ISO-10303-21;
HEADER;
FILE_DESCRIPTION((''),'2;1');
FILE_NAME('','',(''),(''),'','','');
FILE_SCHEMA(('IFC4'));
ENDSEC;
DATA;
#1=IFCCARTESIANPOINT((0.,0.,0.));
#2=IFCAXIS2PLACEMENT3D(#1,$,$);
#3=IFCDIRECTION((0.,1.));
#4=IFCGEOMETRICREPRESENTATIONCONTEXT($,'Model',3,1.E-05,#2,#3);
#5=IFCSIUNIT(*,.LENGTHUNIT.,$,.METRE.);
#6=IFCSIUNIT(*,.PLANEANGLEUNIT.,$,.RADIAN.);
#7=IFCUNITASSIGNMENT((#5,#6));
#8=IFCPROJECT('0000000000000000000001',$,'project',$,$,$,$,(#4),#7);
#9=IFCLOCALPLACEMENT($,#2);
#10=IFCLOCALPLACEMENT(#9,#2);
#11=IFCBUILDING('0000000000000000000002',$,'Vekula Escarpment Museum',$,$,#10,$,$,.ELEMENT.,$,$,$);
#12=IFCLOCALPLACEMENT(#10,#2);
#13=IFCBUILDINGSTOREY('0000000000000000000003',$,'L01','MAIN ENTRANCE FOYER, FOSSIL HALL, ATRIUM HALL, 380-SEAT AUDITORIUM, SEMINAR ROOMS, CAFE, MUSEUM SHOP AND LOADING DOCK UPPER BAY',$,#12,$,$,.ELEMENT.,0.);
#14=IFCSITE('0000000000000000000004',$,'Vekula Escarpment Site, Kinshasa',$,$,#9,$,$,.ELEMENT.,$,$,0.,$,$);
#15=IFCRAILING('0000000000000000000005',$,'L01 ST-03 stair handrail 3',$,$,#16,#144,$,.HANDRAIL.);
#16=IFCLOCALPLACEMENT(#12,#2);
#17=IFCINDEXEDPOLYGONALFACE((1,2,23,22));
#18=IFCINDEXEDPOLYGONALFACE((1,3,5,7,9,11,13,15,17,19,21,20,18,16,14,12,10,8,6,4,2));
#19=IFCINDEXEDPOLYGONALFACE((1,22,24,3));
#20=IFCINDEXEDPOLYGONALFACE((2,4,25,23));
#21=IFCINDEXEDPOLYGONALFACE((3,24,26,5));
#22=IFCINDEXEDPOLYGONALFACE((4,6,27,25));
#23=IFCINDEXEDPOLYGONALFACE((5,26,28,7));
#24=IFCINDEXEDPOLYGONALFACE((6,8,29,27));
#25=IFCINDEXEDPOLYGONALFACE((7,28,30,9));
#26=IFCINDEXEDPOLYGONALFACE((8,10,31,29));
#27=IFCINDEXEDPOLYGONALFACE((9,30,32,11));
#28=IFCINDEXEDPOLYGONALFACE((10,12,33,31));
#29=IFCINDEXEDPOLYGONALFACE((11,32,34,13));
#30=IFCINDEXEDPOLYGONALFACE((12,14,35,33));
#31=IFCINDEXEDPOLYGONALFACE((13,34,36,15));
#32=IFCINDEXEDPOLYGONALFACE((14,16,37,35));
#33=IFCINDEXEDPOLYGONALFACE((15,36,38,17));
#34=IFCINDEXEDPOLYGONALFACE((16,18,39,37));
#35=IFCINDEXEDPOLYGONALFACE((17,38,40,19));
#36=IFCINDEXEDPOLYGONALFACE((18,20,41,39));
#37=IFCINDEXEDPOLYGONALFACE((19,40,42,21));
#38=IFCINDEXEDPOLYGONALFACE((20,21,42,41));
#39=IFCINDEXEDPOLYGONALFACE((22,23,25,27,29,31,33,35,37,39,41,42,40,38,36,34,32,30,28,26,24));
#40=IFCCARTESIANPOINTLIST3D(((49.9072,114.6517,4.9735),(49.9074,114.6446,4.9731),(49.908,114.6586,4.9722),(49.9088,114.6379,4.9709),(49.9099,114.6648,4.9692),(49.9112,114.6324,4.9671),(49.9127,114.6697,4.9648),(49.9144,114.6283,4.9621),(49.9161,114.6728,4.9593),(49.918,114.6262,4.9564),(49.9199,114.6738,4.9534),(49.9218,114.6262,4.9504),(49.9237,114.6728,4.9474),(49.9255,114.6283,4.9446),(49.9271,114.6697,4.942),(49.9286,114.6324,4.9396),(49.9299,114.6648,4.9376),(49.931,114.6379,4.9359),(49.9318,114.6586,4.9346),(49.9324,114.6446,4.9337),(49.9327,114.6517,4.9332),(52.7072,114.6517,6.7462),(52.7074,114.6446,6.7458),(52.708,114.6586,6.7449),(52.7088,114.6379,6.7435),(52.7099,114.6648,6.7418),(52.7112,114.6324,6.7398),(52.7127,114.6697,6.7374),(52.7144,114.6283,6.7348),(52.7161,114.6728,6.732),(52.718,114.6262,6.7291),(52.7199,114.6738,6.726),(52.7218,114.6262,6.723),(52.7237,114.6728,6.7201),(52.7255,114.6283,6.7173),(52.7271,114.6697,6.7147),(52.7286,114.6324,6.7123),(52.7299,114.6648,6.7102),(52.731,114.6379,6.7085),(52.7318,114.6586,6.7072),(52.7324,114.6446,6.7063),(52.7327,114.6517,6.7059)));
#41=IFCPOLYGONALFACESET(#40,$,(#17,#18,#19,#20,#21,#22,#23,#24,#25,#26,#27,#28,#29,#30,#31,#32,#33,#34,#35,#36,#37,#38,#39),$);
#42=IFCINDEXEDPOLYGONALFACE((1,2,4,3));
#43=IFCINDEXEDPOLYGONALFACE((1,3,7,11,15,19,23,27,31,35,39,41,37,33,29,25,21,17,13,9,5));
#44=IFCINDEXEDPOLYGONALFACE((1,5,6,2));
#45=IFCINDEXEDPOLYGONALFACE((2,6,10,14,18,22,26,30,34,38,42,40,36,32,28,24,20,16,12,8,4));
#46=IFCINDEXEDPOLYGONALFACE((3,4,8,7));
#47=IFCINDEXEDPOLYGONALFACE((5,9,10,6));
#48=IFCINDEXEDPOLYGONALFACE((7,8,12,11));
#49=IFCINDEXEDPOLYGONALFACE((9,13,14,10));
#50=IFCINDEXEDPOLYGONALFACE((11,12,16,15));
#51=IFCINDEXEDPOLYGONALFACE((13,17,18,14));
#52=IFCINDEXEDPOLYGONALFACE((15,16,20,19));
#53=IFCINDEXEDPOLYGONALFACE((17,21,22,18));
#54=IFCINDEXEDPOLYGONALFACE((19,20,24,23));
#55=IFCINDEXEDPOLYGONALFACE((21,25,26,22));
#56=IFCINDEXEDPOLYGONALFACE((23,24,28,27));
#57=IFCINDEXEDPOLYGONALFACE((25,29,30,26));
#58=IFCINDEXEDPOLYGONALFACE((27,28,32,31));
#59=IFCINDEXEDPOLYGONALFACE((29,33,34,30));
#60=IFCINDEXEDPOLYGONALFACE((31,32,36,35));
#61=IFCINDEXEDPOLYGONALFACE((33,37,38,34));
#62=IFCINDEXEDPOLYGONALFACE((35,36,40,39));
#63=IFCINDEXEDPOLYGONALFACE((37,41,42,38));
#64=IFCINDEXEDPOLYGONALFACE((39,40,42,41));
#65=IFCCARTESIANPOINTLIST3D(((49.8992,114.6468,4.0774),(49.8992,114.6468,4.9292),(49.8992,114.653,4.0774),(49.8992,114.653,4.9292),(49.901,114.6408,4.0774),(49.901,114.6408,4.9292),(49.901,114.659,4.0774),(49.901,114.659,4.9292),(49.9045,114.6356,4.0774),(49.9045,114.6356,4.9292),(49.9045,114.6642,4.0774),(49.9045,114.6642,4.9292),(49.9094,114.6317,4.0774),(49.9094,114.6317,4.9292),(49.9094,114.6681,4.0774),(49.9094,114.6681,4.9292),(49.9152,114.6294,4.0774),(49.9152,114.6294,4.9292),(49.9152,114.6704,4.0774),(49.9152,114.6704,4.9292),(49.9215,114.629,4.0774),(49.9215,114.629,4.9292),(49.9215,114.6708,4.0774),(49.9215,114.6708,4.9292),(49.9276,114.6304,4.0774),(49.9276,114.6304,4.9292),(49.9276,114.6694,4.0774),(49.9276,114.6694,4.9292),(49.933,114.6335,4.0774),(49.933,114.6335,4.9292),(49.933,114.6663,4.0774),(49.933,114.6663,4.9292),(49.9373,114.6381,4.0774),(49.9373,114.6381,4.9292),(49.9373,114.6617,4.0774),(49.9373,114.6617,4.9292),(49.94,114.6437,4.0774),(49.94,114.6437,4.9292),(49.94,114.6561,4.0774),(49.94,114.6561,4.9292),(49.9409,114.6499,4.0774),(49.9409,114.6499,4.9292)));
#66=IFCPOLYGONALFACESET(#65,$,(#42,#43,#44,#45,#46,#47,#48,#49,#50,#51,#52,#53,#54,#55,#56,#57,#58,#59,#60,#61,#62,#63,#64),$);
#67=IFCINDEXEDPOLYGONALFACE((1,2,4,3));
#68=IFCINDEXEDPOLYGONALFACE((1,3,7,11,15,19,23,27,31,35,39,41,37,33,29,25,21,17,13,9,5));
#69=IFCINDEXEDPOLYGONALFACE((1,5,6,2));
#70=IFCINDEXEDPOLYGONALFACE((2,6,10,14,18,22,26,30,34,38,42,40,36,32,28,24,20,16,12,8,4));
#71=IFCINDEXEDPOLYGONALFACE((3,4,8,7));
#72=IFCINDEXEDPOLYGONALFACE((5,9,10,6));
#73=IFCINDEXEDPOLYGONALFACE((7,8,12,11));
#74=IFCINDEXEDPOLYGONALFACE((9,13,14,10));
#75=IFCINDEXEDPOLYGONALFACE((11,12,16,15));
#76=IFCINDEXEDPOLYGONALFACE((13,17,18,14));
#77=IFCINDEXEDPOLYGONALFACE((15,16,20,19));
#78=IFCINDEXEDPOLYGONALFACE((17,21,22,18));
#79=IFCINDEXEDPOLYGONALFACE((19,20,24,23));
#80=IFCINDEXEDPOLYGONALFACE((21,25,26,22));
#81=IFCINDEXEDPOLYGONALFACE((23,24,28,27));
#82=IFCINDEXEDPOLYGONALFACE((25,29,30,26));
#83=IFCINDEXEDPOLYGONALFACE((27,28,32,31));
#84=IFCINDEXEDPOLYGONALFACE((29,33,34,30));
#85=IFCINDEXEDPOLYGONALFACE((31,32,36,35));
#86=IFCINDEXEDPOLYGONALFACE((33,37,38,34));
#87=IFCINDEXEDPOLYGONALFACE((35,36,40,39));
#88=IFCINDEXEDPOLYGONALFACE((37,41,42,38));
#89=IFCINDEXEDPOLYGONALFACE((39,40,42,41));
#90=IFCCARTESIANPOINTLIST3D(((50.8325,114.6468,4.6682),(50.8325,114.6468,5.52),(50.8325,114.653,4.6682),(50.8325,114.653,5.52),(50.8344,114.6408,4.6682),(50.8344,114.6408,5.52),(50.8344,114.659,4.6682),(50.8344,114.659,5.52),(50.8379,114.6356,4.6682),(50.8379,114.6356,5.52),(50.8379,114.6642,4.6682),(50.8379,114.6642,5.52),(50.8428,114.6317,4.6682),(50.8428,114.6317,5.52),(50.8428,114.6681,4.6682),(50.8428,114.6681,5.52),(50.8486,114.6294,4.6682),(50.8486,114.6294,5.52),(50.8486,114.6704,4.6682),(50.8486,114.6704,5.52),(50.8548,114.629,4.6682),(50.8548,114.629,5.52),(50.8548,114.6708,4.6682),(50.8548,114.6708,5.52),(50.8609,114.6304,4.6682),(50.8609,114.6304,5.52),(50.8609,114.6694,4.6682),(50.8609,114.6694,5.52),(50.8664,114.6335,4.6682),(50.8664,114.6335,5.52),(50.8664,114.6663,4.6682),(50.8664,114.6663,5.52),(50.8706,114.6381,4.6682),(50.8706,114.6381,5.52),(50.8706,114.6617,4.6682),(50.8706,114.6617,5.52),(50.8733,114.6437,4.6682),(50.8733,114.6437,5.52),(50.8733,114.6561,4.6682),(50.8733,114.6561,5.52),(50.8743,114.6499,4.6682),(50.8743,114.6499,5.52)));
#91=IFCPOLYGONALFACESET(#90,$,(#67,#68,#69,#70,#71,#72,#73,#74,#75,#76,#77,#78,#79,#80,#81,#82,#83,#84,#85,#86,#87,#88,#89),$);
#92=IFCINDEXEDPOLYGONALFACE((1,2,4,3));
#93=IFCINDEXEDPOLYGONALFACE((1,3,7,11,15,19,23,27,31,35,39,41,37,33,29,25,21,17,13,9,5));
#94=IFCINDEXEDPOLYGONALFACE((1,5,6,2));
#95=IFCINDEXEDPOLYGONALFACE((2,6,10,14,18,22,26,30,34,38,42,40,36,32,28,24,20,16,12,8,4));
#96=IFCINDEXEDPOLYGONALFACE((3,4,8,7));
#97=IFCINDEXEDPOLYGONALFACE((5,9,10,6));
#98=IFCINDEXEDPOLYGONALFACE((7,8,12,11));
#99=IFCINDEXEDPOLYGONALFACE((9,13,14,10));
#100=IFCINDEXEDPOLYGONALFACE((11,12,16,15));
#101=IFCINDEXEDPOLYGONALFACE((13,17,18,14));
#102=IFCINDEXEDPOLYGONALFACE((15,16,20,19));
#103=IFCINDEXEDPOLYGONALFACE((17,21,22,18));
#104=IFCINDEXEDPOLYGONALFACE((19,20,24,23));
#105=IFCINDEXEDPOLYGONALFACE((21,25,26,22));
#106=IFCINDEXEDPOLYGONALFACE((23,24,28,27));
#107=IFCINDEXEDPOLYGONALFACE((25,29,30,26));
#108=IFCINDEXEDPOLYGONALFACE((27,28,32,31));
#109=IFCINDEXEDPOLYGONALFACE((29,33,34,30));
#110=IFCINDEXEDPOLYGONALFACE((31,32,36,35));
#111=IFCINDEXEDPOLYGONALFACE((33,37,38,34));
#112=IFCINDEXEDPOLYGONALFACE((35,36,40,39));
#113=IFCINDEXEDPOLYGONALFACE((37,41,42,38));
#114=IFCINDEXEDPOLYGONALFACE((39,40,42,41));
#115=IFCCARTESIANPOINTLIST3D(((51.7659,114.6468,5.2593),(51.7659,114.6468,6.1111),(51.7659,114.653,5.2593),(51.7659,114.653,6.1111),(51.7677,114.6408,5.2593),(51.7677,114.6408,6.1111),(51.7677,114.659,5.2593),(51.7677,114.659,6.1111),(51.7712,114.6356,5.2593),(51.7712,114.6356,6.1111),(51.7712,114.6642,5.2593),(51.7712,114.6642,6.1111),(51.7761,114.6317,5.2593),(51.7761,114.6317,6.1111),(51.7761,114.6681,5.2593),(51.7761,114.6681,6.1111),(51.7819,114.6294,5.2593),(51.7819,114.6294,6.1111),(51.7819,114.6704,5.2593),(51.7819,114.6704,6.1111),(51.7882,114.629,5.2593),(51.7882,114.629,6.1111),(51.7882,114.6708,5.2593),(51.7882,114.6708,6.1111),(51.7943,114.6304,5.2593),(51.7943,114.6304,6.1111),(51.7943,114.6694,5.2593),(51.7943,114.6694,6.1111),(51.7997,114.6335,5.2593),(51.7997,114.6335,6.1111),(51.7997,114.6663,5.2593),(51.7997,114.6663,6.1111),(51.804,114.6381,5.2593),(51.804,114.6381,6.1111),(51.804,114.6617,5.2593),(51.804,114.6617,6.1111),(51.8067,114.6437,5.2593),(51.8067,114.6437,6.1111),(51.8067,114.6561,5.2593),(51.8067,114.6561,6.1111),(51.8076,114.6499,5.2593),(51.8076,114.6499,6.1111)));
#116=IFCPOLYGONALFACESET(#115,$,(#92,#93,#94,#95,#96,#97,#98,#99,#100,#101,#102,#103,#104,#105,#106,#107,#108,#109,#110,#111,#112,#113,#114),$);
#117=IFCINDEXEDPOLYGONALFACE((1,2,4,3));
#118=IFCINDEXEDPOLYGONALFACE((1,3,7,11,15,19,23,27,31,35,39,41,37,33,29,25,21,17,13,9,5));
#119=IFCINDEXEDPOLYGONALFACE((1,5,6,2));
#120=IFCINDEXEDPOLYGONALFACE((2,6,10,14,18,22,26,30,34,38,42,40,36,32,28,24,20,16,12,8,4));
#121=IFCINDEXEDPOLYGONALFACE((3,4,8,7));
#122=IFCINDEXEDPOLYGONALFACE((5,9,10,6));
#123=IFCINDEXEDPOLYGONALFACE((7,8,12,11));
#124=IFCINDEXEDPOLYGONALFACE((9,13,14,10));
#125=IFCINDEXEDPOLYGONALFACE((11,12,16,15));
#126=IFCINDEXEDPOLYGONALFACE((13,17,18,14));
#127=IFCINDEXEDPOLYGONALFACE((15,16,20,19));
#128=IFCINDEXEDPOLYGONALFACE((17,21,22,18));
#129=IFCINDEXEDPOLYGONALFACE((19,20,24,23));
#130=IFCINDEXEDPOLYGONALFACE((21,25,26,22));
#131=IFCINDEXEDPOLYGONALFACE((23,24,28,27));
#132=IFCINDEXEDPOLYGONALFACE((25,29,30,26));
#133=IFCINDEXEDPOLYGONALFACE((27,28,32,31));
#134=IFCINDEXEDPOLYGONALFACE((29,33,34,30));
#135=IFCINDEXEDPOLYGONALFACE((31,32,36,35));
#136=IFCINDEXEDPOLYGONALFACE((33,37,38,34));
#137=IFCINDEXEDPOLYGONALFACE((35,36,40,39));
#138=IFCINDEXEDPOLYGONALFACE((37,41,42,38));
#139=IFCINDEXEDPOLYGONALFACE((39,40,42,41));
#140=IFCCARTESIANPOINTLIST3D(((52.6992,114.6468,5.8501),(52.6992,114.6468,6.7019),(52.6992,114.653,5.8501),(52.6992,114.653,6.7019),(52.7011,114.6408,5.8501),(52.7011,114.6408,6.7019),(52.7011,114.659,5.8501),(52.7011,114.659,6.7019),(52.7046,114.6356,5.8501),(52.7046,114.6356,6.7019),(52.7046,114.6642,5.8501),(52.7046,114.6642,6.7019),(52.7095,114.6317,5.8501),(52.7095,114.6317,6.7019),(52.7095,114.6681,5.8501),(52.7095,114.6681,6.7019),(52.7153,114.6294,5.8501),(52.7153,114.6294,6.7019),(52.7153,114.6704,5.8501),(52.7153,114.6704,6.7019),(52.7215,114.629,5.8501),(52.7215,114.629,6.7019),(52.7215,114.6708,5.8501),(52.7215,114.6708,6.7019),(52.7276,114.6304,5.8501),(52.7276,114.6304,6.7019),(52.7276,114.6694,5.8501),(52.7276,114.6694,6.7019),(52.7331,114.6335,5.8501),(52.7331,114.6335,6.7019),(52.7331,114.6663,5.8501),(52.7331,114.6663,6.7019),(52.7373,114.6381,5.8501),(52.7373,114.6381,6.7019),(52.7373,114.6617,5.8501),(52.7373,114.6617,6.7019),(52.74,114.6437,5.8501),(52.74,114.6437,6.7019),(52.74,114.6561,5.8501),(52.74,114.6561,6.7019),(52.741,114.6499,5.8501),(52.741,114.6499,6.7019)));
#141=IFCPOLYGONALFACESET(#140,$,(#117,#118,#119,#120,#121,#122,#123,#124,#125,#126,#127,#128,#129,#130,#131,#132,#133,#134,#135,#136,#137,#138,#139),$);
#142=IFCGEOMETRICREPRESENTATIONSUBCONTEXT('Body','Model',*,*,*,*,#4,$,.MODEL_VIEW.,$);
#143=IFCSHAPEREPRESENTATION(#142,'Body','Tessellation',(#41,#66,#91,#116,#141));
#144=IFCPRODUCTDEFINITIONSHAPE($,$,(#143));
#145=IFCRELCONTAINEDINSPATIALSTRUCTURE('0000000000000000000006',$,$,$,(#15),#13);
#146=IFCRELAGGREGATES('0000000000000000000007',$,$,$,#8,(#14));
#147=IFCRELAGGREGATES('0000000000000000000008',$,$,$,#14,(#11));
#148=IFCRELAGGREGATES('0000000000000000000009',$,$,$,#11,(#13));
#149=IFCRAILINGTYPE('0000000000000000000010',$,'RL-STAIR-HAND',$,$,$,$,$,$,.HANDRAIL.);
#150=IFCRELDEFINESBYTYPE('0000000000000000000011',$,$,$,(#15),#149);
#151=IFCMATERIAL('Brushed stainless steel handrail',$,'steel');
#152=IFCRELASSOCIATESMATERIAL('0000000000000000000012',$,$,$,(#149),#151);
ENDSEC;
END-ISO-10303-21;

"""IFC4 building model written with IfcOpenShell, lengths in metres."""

from ifc_helpers import new_model, si_unit, direction, frame, origin, origin_2d, place, context, subcontext, project, spatial, circle, extrude, material, type_object, element, save


model = new_model("IFC4")

# Units and contexts
model_context = context("Model", 3, precision=1e-05, world=origin(), true_north=direction((0.0, 1.0)))
body_context = subcontext(model_context, "Body", "Model", "MODEL_VIEW")
ifc_project = project(units=[si_unit("LENGTHUNIT", "METRE"), si_unit("PLANEANGLEUNIT", "RADIAN")], contexts=[model_context])

# Site, building, storey
site_placement = place(None, origin())
site = spatial("IfcSite", under=ifc_project, at=site_placement, Name="Vekula Escarpment Site, Kinshasa", CompositionType="ELEMENT", RefElevation=0.0)
building_placement = place(site_placement, origin())
building = spatial("IfcBuilding", under=site, at=building_placement, Name="Vekula Escarpment Museum", CompositionType="ELEMENT")
storey_placement = place(building_placement, origin())
storey = spatial("IfcBuildingStorey", under=building, at=storey_placement, Name="L01", Description="MAIN ENTRANCE FOYER, FOSSIL HALL, ATRIUM HALL, 380-SEAT AUDITORIUM, SEMINAR ROOMS, CAFE, MUSEUM SHOP AND LOADING DOCK UPPER BAY", CompositionType="ELEMENT", Elevation=0.0)

# Railing
ifc_material_1 = material(Name="Brushed stainless steel handrail", Category="steel")
railing_type_1 = type_object("IfcRailingType", Name="RL-STAIR-HAND", PredefinedType="HANDRAIL", material=ifc_material_1)
for number, where, name in (
    (1, (49.9199, 114.6499, 4.0774), "L01 ST-03 stair handrail 3"),
):
    element("IfcRailing", number, at=place(storey_placement, frame(where)), inside=storey, type_object=railing_type_1, Name=name, PredefinedType="HANDRAIL", context=body_context, shape_type="SweptSolid", body=[
        extrude(circle(Radius=0.0239, at=origin_2d()), frame((0.0, 0.0, 0.876), z_axis=(0.844909, 0.0, 0.53491), x_axis=(0.0, 1.0, 0.0)), (0.0, 0.0, 1.0), 3.314),
        extrude(circle(Radius=0.021, at=origin_2d()), origin(), (0.0, 0.0, 1.0), 0.8518),
        extrude(circle(Radius=0.021, at=origin_2d()), frame((0.9333, 0.0, 0.5908)), (0.0, 0.0, 1.0), 0.8518),
        extrude(circle(Radius=0.021, at=origin_2d()), frame((1.8667, 0.0, 1.1819)), (0.0, 0.0, 1.0), 0.8518),
        extrude(circle(Radius=0.021, at=origin_2d()), frame((2.8, 0.0, 1.7727)), (0.0, 0.0, 1.0), 0.8518),
    ])

save(model, "model.ifc")
